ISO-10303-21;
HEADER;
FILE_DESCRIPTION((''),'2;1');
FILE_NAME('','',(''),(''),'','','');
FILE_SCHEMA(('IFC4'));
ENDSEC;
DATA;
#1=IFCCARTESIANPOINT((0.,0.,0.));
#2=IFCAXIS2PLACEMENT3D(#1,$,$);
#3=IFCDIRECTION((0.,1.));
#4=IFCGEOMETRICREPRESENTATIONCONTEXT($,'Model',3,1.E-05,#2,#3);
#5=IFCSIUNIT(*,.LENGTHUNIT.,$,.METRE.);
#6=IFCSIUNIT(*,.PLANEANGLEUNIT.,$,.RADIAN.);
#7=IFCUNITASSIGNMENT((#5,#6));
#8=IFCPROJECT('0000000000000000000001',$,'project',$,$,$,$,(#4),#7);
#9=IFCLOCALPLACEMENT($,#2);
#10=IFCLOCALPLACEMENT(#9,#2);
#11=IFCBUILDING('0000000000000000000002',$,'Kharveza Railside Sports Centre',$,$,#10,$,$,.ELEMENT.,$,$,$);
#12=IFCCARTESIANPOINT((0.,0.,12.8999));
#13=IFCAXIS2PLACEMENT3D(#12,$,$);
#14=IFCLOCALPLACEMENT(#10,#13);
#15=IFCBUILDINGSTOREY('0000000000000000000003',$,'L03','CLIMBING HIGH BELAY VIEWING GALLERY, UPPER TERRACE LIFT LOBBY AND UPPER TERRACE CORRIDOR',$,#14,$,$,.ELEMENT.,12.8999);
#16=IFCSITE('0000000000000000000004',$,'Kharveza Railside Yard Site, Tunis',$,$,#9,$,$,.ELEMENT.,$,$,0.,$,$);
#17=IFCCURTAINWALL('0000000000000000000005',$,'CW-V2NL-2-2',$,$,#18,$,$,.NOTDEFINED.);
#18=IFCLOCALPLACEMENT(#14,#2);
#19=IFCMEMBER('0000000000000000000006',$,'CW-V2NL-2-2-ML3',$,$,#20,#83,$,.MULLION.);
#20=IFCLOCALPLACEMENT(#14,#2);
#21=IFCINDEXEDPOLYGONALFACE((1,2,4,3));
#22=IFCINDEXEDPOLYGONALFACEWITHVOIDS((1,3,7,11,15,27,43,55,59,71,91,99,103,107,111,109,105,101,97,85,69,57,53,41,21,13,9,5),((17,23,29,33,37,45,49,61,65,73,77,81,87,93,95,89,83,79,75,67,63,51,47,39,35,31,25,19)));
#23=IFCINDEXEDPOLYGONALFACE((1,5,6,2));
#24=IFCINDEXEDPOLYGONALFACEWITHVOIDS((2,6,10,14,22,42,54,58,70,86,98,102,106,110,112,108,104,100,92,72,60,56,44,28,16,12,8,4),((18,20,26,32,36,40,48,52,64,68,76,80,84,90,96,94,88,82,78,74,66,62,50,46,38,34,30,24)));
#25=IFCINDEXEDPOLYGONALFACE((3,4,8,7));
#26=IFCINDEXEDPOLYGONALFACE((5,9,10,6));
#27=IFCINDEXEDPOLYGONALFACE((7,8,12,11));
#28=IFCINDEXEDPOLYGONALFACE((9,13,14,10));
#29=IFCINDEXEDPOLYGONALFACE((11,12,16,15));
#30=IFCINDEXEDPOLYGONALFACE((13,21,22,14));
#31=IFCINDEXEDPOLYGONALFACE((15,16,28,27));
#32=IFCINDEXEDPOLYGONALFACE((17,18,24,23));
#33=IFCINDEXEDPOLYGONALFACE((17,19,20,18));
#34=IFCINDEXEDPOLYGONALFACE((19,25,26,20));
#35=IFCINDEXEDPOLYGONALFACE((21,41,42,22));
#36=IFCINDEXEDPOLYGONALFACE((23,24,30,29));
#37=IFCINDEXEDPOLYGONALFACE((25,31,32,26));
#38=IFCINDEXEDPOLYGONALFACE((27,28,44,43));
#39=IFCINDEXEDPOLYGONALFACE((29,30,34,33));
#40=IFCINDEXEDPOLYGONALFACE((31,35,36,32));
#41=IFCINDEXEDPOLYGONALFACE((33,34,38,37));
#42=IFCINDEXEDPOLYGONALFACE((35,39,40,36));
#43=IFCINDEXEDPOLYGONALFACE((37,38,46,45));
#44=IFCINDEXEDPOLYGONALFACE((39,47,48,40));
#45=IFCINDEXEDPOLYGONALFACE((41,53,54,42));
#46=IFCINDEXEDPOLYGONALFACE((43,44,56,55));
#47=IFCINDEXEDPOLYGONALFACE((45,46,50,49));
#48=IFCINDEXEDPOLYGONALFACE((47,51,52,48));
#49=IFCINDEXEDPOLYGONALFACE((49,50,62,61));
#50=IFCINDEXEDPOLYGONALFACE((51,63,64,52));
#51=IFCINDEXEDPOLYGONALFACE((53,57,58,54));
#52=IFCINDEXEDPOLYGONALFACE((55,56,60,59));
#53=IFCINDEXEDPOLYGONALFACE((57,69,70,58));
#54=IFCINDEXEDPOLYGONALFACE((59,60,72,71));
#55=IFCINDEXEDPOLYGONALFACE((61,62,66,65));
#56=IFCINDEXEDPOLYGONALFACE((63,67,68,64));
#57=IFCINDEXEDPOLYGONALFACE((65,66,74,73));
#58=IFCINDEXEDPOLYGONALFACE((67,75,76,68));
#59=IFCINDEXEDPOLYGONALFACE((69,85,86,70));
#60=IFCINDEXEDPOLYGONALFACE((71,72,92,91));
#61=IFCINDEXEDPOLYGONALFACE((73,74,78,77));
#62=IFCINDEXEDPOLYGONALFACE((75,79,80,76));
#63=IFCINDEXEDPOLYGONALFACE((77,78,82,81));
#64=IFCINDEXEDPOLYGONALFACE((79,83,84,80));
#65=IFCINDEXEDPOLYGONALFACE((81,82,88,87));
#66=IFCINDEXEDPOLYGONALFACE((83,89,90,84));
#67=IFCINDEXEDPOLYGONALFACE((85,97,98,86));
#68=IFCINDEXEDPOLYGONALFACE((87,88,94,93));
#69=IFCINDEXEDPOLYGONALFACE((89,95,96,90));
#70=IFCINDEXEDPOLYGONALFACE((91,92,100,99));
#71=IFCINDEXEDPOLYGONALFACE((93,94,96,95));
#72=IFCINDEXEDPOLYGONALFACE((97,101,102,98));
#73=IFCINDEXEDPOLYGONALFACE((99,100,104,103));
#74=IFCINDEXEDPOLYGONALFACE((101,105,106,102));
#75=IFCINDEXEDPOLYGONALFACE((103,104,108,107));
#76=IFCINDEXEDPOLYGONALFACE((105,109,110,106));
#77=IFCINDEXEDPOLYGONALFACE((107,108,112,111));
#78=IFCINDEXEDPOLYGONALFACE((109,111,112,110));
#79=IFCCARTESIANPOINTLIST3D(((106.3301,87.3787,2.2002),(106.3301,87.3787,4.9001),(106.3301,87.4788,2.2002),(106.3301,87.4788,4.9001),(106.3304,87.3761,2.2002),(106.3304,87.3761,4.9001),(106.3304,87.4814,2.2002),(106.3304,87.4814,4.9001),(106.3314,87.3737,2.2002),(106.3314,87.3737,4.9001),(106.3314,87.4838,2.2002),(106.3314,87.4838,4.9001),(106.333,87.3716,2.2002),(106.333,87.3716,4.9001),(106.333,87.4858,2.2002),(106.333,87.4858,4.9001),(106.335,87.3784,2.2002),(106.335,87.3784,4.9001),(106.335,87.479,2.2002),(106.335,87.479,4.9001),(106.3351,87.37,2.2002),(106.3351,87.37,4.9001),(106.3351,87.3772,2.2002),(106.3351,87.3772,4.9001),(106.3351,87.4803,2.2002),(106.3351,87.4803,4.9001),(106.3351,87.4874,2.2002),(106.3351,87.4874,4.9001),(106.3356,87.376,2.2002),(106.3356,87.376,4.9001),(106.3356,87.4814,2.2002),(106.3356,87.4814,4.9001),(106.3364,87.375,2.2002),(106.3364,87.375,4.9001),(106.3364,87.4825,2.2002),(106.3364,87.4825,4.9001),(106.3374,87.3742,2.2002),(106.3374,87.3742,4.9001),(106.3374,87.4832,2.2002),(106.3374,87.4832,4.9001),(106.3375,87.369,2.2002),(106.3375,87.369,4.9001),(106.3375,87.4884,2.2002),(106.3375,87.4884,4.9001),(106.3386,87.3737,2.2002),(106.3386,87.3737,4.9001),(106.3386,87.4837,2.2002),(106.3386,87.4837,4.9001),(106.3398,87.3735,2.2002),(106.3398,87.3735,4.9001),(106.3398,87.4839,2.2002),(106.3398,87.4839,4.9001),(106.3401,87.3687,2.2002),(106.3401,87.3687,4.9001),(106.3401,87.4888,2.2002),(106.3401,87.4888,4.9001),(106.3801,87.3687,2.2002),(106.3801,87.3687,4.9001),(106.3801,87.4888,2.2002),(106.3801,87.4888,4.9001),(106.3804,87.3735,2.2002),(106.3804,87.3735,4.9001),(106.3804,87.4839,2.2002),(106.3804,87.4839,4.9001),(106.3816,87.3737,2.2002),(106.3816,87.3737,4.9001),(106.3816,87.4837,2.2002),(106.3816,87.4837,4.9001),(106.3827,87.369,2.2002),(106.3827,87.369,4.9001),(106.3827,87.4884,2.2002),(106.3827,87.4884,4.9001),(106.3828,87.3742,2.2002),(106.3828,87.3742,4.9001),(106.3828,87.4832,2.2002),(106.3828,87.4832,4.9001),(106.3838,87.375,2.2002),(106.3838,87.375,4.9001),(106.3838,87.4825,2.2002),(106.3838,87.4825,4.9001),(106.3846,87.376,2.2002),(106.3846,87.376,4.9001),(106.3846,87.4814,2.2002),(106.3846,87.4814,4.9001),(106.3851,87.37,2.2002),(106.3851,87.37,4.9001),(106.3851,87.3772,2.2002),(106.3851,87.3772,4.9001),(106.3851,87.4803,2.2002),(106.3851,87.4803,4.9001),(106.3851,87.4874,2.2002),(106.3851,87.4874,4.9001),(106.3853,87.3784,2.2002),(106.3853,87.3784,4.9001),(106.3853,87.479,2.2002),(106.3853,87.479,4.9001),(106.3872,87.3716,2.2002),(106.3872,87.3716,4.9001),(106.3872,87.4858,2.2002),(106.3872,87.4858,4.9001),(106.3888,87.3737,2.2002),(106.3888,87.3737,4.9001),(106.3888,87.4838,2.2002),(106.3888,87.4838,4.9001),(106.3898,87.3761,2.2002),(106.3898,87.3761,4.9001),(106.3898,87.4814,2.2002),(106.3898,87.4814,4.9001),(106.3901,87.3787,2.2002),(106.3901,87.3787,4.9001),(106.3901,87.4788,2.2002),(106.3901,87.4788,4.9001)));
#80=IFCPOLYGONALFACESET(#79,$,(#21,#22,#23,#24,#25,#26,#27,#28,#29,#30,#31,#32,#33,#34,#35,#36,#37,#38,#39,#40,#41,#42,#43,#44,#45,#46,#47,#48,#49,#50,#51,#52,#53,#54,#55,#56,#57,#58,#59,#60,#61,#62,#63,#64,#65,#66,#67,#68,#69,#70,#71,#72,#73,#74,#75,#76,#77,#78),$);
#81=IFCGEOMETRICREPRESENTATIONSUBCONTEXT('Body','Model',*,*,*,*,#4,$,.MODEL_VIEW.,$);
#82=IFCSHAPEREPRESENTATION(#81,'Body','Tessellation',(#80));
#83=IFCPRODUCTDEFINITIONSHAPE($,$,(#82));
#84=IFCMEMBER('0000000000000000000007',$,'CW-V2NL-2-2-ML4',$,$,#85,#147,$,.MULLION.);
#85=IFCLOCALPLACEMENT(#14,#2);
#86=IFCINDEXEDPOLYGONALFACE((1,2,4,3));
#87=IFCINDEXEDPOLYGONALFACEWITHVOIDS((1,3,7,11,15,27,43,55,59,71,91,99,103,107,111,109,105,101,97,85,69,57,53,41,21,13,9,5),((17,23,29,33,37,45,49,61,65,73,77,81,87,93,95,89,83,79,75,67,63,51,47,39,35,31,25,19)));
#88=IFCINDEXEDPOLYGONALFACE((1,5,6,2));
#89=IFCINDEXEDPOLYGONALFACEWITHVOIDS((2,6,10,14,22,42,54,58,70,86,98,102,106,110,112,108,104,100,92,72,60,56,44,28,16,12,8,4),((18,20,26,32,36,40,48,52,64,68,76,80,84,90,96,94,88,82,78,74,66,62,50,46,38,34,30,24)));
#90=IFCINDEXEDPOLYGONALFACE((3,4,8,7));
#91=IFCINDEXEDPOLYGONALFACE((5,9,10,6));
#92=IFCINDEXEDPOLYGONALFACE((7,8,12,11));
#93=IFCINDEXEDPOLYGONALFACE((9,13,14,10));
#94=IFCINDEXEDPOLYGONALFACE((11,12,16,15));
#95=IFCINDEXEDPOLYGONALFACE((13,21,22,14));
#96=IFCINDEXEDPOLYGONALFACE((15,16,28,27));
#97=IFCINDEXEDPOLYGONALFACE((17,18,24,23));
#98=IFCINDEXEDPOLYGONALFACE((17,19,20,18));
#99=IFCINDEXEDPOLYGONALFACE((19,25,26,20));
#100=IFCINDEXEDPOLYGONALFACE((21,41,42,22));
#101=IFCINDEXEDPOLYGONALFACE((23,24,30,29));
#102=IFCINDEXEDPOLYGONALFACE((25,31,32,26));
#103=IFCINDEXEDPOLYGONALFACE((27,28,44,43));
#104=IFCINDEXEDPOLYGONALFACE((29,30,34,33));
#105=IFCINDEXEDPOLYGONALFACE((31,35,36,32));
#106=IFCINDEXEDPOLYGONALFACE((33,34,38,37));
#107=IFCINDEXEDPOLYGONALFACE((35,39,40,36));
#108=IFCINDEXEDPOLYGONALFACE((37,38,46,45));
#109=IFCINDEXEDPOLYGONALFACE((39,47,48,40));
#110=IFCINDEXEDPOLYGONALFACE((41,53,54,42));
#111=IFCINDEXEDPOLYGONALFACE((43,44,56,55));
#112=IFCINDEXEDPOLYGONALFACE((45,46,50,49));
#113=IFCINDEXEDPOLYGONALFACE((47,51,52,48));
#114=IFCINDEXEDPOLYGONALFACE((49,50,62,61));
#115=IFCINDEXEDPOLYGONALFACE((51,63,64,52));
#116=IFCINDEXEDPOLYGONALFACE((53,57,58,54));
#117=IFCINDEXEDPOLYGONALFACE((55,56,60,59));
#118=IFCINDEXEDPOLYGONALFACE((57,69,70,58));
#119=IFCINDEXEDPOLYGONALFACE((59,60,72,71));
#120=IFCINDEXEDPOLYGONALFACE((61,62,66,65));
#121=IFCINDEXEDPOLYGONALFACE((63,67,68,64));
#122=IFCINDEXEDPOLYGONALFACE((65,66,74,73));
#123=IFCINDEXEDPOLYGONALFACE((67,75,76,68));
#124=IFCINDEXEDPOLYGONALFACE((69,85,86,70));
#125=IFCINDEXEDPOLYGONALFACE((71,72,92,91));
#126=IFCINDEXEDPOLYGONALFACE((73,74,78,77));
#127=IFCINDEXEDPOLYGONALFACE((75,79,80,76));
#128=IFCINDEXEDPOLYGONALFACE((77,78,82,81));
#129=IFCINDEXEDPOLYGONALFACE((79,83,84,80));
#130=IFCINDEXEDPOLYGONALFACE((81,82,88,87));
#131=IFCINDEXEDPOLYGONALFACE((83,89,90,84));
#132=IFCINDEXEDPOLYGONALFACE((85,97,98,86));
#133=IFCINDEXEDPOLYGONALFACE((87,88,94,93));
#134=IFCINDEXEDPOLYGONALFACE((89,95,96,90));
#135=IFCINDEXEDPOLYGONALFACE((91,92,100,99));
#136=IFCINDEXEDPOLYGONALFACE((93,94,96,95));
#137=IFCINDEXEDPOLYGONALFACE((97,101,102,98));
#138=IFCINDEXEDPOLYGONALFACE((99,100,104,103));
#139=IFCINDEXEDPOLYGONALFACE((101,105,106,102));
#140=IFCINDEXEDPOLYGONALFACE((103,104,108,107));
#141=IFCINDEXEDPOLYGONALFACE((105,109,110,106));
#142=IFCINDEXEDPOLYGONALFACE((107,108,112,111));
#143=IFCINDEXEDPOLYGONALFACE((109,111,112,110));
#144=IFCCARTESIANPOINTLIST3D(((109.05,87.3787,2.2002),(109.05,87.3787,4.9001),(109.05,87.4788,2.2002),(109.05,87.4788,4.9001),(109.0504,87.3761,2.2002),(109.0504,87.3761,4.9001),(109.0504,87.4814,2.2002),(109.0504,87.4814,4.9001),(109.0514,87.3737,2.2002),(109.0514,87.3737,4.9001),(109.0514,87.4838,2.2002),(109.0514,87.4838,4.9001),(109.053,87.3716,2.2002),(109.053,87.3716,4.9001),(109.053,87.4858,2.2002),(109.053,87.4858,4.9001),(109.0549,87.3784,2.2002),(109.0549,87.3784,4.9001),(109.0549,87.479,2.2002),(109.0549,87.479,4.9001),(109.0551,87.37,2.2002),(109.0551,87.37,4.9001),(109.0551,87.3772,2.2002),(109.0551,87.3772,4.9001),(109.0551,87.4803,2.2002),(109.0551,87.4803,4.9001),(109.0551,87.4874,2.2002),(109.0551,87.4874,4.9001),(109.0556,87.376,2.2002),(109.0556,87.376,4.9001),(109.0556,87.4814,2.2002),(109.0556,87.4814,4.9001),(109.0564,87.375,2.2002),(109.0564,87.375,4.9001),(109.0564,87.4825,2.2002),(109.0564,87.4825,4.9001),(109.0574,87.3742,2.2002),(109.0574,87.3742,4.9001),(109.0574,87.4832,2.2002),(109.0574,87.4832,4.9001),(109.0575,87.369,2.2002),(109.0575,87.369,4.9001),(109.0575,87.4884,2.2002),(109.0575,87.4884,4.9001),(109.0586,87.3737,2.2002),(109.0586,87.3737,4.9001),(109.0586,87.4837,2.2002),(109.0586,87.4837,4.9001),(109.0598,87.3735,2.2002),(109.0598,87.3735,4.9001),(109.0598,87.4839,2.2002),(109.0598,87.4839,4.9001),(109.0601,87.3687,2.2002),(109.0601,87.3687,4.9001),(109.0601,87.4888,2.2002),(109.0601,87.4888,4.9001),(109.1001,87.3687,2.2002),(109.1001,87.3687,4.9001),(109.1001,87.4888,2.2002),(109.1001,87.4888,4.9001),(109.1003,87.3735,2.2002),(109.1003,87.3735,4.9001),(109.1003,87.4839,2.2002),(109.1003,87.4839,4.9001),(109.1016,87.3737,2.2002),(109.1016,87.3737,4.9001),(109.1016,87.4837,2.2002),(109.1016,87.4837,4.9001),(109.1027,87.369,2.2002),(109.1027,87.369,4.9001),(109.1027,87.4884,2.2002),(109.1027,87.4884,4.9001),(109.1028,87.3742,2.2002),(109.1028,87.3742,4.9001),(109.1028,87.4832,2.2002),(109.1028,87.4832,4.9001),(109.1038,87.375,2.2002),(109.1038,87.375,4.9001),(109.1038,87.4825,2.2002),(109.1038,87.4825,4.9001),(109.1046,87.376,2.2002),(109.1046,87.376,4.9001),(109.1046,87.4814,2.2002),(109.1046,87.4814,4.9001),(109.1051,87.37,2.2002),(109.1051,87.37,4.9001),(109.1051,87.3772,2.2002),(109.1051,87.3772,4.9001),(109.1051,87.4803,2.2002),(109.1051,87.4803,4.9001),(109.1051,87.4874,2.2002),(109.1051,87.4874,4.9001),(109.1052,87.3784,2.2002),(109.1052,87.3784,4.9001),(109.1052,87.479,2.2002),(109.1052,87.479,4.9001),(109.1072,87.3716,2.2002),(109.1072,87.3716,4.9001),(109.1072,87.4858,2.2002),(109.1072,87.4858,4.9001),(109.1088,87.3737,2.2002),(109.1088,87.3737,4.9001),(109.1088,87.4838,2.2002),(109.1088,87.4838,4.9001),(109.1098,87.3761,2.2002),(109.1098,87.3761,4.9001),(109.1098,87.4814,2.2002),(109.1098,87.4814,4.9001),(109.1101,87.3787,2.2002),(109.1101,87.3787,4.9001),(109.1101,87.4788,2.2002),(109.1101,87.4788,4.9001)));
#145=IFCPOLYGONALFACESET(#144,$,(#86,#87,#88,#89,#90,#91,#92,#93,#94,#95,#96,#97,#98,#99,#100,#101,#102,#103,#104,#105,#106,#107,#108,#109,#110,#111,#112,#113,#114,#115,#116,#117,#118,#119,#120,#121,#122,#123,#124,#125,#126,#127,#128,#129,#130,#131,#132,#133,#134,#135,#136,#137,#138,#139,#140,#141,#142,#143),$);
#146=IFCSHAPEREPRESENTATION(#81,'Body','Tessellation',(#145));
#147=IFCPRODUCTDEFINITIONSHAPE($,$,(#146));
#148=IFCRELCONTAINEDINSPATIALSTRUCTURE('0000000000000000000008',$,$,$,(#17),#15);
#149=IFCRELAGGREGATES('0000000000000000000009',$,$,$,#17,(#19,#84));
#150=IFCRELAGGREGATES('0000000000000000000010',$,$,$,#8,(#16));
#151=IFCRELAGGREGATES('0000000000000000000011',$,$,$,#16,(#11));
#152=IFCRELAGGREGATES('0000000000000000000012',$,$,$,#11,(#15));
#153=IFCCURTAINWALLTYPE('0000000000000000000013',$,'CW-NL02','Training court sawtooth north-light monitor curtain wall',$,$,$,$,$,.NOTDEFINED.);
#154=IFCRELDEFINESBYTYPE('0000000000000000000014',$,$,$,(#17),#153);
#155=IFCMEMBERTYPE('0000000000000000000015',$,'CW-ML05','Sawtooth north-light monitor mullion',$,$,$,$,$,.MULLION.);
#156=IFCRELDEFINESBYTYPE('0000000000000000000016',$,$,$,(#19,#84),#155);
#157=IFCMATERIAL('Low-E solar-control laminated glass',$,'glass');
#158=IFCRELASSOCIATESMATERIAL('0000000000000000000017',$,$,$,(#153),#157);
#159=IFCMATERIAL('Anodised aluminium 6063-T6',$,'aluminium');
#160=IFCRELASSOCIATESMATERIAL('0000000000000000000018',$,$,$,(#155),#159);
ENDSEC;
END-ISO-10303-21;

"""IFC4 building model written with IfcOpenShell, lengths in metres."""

from ifc_helpers import new_model, si_unit, direction, frame, origin, origin_2d, place, context, subcontext, project, spatial, hollow_rectangle, extrude, material, material_profile, profile_set, type_object, element, aggregate, save


model = new_model("IFC4")

# Units and contexts
model_context = context("Model", 3, precision=1e-05, world=origin(), true_north=direction((0.0, 1.0)))
body_context = subcontext(model_context, "Body", "Model", "MODEL_VIEW")
ifc_project = project(units=[si_unit("LENGTHUNIT", "METRE"), si_unit("PLANEANGLEUNIT", "RADIAN")], contexts=[model_context])

# Site, building, storey
site_placement = place(None, origin())
site = spatial("IfcSite", under=ifc_project, at=site_placement, Name="Kharveza Railside Yard Site, Tunis", CompositionType="ELEMENT", RefElevation=0.0)
building_placement = place(site_placement, origin())
building = spatial("IfcBuilding", under=site, at=building_placement, Name="Kharveza Railside Sports Centre", CompositionType="ELEMENT")
storey_placement = place(building_placement, frame((0.0, 0.0, 12.8999)))
storey = spatial("IfcBuildingStorey", under=building, at=storey_placement, Name="L03", Description="CLIMBING HIGH BELAY VIEWING GALLERY, UPPER TERRACE LIFT LOBBY AND UPPER TERRACE CORRIDOR", CompositionType="ELEMENT", Elevation=12.8999)

# Curtain wall, members
ifc_material_1 = material(Name="Low-E solar-control laminated glass", Category="glass")
curtain_wall_type = type_object("IfcCurtainWallType", Name="CW-NL02", Description="Training court sawtooth north-light monitor curtain wall", PredefinedType="NOTDEFINED", material=ifc_material_1)
curtain_wall_1_placement = place(storey_placement, origin())
curtain_wall_1 = element("IfcCurtainWall", 1, at=curtain_wall_1_placement, inside=storey, type_object=curtain_wall_type, Name="CW-V2NL-2-2", PredefinedType="NOTDEFINED")
ifc_material_2 = material(Name="Anodised aluminium 6063-T6", Category="aluminium")
ifc_material_profile_1 = material_profile(ifc_material_2, hollow_rectangle(XDim=0.0601, YDim=0.1201, WallThickness=0.0049, InnerFilletRadius=0.0049, OuterFilletRadius=0.01, at=origin_2d()), Name="RHS 60x120x5.0")
ifc_profile_set_1 = profile_set([ifc_material_profile_1], Name="Anodised aluminium 6063-T6")
member_type_1 = type_object("IfcMemberType", Name="CW-ML05", Description="Sawtooth north-light monitor mullion", PredefinedType="MULLION", material=ifc_profile_set_1)
member_1_placement = place(storey_placement, frame((106.3601, 87.4287, 2.2002), z_axis=(0.0, 0.0, 1.0), x_axis=(1.0, 0.0, 0.0)))
member_1 = element("IfcMember", 2, at=member_1_placement, type_object=member_type_1, Name="CW-V2NL-2-2-ML3", PredefinedType="MULLION", context=body_context, shape_type="SweptSolid", body=[
    extrude(hollow_rectangle(XDim=0.0601, YDim=0.1201, WallThickness=0.0049, InnerFilletRadius=0.0049, OuterFilletRadius=0.01, at=origin_2d()), origin(), (0.0, 0.0, 1.0), 2.7),
])
member_2_placement = place(storey_placement, frame((109.0801, 87.4287, 2.2002), z_axis=(0.0, 0.0, 1.0), x_axis=(1.0, 0.0, 0.0)))
member_2 = element("IfcMember", 3, at=member_2_placement, type_object=member_type_1, Name="CW-V2NL-2-2-ML4", PredefinedType="MULLION", context=body_context, shape_type="SweptSolid", body=[
    extrude(hollow_rectangle(XDim=0.0601, YDim=0.1201, WallThickness=0.0049, InnerFilletRadius=0.0049, OuterFilletRadius=0.01, at=origin_2d()), origin(), (0.0, 0.0, 1.0), 2.7),
])

aggregate(curtain_wall_1, [member_1, member_2])

save(model, "model.ifc")
